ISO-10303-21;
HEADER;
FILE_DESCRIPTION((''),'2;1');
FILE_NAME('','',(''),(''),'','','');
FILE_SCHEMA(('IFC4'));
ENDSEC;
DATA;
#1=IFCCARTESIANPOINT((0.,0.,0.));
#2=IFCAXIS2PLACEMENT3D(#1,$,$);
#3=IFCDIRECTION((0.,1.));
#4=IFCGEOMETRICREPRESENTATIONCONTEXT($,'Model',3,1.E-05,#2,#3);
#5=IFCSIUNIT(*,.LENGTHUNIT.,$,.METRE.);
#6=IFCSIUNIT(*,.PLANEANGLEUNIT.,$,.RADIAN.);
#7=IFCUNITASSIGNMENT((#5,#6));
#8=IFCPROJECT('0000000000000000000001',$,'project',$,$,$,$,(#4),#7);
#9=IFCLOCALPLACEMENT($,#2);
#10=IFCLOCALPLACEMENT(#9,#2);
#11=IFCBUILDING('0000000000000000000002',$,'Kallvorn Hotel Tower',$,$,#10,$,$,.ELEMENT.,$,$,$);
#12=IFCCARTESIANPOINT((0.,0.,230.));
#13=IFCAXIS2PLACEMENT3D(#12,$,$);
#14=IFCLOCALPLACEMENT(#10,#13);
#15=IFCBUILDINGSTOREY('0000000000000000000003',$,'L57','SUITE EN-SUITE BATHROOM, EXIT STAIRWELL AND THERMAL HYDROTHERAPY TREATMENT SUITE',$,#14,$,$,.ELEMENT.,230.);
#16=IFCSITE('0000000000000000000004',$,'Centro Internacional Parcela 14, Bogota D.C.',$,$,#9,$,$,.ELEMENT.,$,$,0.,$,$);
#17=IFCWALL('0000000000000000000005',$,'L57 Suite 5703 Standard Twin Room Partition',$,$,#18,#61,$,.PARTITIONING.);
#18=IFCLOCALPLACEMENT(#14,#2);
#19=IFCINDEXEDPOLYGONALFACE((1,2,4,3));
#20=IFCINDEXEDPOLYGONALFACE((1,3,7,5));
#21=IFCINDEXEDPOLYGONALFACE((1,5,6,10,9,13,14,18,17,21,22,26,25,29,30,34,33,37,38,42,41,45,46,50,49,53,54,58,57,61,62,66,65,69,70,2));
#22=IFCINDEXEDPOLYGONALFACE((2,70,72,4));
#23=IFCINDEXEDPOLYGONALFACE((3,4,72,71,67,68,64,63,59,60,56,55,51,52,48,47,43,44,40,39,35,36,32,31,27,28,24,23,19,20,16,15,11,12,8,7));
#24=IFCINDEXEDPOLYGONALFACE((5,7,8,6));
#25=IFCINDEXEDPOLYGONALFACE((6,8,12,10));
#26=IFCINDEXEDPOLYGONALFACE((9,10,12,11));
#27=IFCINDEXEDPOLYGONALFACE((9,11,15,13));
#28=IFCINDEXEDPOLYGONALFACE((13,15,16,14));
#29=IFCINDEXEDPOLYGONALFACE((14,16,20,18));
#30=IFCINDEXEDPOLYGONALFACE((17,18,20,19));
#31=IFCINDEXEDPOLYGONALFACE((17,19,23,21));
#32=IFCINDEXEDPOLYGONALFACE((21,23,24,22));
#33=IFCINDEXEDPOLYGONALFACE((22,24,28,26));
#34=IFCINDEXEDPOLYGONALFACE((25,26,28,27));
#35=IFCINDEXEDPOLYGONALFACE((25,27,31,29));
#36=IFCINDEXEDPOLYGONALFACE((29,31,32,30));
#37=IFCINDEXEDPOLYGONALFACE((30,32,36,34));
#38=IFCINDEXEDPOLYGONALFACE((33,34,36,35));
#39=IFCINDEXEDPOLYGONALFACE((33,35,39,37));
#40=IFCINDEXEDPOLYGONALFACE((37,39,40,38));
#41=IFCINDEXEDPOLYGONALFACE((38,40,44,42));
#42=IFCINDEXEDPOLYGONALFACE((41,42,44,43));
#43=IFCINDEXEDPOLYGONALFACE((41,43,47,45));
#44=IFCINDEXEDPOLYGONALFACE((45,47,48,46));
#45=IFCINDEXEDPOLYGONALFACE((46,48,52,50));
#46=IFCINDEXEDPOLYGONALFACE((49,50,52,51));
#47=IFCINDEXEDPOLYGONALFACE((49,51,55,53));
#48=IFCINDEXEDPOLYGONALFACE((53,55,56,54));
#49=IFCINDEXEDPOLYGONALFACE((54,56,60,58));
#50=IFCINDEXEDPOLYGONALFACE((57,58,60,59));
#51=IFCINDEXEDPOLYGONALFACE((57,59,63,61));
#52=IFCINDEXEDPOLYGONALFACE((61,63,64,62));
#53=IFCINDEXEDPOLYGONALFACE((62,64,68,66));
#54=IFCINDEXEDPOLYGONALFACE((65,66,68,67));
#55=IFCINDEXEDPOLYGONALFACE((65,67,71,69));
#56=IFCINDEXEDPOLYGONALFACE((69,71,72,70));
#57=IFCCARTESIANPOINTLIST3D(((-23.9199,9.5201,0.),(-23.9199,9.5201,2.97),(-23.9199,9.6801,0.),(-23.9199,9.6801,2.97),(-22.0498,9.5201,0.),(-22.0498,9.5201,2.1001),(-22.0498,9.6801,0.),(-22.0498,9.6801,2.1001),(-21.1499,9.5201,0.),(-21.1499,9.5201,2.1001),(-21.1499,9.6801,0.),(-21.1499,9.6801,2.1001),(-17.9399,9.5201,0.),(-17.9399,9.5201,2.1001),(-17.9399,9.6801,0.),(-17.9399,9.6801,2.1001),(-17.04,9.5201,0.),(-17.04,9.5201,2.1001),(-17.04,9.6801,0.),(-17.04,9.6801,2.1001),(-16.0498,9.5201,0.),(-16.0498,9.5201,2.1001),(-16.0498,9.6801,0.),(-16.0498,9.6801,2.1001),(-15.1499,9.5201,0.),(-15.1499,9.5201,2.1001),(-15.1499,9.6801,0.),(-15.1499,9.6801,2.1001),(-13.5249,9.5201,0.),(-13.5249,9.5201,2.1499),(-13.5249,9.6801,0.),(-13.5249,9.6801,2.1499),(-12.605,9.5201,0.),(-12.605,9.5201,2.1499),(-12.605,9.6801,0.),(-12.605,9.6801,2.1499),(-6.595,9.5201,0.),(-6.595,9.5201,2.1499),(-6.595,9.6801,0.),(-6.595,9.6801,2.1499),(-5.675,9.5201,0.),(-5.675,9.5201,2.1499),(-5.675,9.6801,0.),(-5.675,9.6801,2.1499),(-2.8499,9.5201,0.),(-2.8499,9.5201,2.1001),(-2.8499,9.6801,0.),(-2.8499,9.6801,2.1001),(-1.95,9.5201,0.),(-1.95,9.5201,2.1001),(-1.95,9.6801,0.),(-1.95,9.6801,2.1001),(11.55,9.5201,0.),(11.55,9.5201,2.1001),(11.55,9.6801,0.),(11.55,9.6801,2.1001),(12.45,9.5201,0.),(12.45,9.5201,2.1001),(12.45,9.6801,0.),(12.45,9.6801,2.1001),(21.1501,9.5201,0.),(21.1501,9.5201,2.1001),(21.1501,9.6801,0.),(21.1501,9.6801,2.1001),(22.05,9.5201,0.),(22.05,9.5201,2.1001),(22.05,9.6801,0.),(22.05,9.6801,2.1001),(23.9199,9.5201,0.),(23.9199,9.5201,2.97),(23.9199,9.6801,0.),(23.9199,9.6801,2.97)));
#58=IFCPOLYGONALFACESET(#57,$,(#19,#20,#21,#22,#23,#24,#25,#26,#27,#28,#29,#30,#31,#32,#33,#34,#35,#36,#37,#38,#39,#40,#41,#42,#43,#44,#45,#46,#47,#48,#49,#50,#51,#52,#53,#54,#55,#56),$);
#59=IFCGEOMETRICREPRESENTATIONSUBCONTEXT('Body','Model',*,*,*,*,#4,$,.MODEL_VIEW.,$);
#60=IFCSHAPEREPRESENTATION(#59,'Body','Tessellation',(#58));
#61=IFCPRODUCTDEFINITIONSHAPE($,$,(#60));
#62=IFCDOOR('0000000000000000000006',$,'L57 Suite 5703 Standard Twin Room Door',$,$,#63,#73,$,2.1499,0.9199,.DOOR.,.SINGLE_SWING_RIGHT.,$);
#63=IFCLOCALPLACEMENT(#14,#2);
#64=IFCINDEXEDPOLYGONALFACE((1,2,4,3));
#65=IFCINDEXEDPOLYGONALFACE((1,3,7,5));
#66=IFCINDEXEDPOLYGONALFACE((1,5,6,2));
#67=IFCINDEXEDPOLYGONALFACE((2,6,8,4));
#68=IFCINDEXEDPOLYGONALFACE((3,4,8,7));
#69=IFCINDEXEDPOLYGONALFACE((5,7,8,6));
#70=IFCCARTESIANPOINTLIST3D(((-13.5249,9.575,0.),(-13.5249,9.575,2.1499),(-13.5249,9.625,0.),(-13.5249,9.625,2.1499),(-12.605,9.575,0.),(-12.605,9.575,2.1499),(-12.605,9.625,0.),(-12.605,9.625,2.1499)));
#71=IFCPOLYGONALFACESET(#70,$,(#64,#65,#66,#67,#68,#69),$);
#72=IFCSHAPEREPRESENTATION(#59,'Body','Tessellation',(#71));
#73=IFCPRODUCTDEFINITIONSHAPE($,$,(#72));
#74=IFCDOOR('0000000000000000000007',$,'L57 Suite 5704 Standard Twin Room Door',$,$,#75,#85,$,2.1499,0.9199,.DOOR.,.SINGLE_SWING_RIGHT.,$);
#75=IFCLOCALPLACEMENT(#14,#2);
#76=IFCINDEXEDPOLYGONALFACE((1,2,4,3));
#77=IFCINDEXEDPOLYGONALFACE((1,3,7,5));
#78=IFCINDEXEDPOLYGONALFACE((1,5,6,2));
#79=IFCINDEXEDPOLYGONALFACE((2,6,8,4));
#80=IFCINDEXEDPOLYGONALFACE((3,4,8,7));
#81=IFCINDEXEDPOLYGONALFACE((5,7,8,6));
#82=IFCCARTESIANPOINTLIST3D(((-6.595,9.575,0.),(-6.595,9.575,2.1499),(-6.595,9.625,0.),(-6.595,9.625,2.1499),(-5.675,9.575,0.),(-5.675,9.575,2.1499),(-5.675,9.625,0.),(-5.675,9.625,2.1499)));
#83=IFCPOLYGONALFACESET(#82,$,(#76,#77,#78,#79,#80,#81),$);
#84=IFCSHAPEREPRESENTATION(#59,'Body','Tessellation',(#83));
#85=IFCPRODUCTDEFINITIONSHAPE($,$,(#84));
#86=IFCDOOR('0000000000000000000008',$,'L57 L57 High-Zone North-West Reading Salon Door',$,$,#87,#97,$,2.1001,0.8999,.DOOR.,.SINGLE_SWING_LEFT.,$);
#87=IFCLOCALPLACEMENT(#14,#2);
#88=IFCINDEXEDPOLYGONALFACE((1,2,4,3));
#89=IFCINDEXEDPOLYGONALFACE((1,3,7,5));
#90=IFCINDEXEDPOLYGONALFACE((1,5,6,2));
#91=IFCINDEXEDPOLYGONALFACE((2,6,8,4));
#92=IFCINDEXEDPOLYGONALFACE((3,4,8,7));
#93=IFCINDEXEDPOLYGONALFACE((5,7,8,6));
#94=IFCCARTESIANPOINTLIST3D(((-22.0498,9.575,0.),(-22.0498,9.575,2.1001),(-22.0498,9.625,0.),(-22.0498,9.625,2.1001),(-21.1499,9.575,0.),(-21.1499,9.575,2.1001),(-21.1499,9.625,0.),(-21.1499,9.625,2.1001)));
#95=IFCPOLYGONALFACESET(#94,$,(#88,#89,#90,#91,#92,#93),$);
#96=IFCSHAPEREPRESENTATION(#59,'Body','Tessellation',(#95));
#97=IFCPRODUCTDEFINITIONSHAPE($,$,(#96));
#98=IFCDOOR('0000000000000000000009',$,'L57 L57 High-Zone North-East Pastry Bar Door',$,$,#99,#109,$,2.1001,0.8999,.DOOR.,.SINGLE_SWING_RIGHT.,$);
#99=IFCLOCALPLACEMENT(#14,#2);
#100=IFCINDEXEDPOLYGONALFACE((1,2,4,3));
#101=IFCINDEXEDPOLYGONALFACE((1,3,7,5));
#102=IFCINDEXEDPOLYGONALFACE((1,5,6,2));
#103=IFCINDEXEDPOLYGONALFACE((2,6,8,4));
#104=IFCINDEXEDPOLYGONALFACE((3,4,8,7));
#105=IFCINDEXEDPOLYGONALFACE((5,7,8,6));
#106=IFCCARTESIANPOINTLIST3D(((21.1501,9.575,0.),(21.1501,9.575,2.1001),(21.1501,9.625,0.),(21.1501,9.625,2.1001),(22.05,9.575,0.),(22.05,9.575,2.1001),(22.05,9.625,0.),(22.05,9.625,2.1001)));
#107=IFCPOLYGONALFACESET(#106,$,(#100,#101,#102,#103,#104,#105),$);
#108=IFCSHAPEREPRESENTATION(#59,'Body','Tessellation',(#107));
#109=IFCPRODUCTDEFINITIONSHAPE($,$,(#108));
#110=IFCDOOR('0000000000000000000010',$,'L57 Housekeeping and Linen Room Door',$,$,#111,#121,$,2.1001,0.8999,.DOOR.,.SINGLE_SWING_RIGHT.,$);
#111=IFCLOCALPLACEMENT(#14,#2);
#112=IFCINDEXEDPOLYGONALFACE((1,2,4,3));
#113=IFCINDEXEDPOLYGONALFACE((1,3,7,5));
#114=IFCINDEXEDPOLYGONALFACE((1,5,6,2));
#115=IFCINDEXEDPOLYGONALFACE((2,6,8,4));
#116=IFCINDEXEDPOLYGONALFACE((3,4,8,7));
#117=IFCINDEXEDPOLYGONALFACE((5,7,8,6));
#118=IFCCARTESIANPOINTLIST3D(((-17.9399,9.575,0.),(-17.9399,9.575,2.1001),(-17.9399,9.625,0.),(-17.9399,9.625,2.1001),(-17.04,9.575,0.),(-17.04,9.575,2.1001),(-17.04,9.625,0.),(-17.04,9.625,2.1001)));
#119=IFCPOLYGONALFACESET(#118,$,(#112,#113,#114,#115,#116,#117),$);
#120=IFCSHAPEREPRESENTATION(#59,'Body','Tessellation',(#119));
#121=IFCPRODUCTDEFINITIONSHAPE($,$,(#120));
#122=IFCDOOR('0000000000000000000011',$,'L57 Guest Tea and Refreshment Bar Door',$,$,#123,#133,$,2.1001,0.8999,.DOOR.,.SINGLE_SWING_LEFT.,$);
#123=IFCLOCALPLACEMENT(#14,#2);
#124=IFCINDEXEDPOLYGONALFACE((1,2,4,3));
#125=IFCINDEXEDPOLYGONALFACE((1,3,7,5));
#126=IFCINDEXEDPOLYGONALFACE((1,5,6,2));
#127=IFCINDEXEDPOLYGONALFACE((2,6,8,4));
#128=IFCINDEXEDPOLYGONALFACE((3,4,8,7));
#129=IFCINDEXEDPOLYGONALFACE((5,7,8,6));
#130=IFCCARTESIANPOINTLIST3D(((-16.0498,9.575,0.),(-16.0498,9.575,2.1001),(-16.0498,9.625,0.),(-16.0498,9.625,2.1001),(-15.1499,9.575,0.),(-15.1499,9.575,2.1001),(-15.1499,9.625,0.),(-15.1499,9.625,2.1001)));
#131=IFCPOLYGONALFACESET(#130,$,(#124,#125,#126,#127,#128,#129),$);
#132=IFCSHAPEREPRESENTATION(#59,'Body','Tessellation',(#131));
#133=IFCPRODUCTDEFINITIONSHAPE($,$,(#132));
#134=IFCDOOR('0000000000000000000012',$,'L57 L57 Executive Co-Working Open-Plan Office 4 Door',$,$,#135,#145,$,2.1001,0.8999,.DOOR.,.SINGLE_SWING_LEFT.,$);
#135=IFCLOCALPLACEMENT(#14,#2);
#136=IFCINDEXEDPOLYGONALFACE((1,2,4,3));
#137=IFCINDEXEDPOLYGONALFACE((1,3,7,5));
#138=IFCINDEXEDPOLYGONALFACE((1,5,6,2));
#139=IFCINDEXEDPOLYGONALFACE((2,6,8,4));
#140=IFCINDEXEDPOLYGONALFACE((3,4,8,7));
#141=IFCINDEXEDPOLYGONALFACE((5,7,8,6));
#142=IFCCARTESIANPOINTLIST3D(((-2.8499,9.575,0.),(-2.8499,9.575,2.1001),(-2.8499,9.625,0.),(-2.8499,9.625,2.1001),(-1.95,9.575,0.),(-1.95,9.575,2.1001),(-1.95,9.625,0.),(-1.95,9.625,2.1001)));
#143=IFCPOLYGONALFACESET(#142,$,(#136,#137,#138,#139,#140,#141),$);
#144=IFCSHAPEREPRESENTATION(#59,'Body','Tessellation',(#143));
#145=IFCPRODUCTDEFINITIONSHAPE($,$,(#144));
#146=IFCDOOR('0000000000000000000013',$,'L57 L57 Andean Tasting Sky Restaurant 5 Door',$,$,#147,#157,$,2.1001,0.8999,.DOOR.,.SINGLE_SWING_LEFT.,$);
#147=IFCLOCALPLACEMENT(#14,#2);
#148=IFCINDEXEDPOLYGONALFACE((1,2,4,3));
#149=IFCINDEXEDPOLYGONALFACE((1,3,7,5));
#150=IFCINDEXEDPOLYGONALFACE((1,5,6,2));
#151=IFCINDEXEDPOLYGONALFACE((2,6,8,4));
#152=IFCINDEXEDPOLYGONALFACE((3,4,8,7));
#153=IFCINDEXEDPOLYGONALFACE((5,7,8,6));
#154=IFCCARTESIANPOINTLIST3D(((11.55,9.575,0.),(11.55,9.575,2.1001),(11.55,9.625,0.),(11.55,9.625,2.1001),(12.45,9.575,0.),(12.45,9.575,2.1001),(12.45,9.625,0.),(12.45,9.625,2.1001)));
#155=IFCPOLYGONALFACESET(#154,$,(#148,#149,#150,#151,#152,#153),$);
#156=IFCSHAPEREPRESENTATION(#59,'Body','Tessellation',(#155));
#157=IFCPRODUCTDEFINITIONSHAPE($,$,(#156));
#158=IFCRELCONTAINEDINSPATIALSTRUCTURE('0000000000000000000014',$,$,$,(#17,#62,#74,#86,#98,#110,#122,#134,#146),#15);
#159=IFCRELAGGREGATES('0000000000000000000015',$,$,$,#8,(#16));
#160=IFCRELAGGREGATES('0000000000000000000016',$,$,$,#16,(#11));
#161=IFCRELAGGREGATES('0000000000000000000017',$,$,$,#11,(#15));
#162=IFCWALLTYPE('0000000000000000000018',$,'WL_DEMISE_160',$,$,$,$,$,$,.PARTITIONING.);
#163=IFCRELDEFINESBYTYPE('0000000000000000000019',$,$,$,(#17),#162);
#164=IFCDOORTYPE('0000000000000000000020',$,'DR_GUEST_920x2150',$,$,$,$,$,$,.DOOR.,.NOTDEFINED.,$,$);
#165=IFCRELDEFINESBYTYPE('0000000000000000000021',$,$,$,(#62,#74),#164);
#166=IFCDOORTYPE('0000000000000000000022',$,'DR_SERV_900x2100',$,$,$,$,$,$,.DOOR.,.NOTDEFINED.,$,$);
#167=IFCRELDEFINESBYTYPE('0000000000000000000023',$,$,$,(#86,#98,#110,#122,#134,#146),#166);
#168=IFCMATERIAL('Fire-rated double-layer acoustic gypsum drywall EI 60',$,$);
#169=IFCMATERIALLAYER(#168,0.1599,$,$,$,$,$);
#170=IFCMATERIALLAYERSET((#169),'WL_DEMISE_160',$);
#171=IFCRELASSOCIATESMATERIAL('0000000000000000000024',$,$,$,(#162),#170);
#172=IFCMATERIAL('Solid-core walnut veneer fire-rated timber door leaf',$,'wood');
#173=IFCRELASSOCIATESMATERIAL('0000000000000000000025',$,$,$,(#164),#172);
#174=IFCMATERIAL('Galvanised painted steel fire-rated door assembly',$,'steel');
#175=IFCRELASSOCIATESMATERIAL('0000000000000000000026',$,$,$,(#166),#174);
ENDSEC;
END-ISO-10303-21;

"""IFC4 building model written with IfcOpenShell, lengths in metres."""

from ifc_helpers import new_model, si_unit, direction, frame, frame_2d, origin, place, context, subcontext, project, spatial, rectangle, extrude, material, layer, layer_set, type_object, element, fill, save


model = new_model("IFC4")

# Units and contexts
model_context = context("Model", 3, precision=1e-05, world=origin(), true_north=direction((0.0, 1.0)))
body_context = subcontext(model_context, "Body", "Model", "MODEL_VIEW")
ifc_project = project(units=[si_unit("LENGTHUNIT", "METRE"), si_unit("PLANEANGLEUNIT", "RADIAN")], contexts=[model_context])

# Site, building, storey
site_placement = place(None, origin())
site = spatial("IfcSite", under=ifc_project, at=site_placement, Name="Centro Internacional Parcela 14, Bogota D.C.", CompositionType="ELEMENT", RefElevation=0.0)
building_placement = place(site_placement, origin())
building = spatial("IfcBuilding", under=site, at=building_placement, Name="Kallvorn Hotel Tower", CompositionType="ELEMENT")
storey_placement = place(building_placement, frame((0.0, 0.0, 230.0)))
storey = spatial("IfcBuildingStorey", under=building, at=storey_placement, Name="L57", Description="SUITE EN-SUITE BATHROOM, EXIT STAIRWELL AND THERMAL HYDROTHERAPY TREATMENT SUITE", CompositionType="ELEMENT", Elevation=230.0)

# Wall, openings, doors
ifc_material_1 = material(Name="Fire-rated double-layer acoustic gypsum drywall EI 60")
ifc_layer_1 = layer(ifc_material_1, 0.1599)
ifc_layer_set_1 = layer_set([ifc_layer_1], Name="WL_DEMISE_160")
wall_type_1 = type_object("IfcWallType", Name="WL_DEMISE_160", PredefinedType="PARTITIONING", material=ifc_layer_set_1)
wall_1_placement = place(storey_placement, frame((-23.9199, 9.6001, 0.0), z_axis=(0.0, 0.0, 1.0), x_axis=(1.0, 0.0, 0.0)))
wall_1 = element("IfcWall", 1, at=wall_1_placement, inside=storey, type_object=wall_type_1, Name="L57 Suite 5703 Standard Twin Room Partition", PredefinedType="PARTITIONING", context=body_context, shape_type="SweptSolid", body=[
    extrude(rectangle(XDim=47.8398, YDim=0.1599, at=frame_2d((23.9199, 0.0))), origin(), (0.0, 0.0, 1.0), 2.97),
])
opening_1_placement = place(wall_1_placement, frame((1.8701, 0.0, 0.0)))
opening_1 = element("IfcOpeningElement", 2, at=opening_1_placement, cuts=wall_1, PredefinedType="OPENING", context=body_context, shape_type="SweptSolid", body=[
    extrude(rectangle(XDim=0.8999, YDim=2.1001, at=frame_2d((0.45, 1.05))), frame((0.0, 0.095, 0.0), z_axis=(0.0, -1.0, 0.0), x_axis=(1.0, 0.0, 0.0)), (0.0, 0.0, 1.0), 0.1899),
])
opening_2_placement = place(wall_1_placement, frame((45.0701, 0.0, 0.0)))
opening_2 = element("IfcOpeningElement", 3, at=opening_2_placement, cuts=wall_1, PredefinedType="OPENING", context=body_context, shape_type="SweptSolid", body=[
    extrude(rectangle(XDim=0.8999, YDim=2.1001, at=frame_2d((0.45, 1.05))), frame((0.0, 0.095, 0.0), z_axis=(0.0, -1.0, 0.0), x_axis=(1.0, 0.0, 0.0)), (0.0, 0.0, 1.0), 0.1899),
])
opening_3_placement = place(wall_1_placement, frame((5.98, 0.0, 0.0)))
opening_3 = element("IfcOpeningElement", 4, at=opening_3_placement, cuts=wall_1, PredefinedType="OPENING", context=body_context, shape_type="SweptSolid", body=[
    extrude(rectangle(XDim=0.8999, YDim=2.1001, at=frame_2d((0.45, 1.05))), frame((0.0, 0.095, 0.0), z_axis=(0.0, -1.0, 0.0), x_axis=(1.0, 0.0, 0.0)), (0.0, 0.0, 1.0), 0.1899),
])
opening_4_placement = place(wall_1_placement, frame((7.8701, 0.0, 0.0)))
opening_4 = element("IfcOpeningElement", 5, at=opening_4_placement, cuts=wall_1, PredefinedType="OPENING", context=body_context, shape_type="SweptSolid", body=[
    extrude(rectangle(XDim=0.8999, YDim=2.1001, at=frame_2d((0.45, 1.05))), frame((0.0, 0.095, 0.0), z_axis=(0.0, -1.0, 0.0), x_axis=(1.0, 0.0, 0.0)), (0.0, 0.0, 1.0), 0.1899),
])
opening_5_placement = place(wall_1_placement, frame((10.395, 0.0, 0.0)))
opening_5 = element("IfcOpeningElement", 6, at=opening_5_placement, cuts=wall_1, PredefinedType="OPENING", context=body_context, shape_type="SweptSolid", body=[
    extrude(rectangle(XDim=0.9199, YDim=2.1499, at=frame_2d((0.46, 1.075))), frame((0.0, 0.095, 0.0), z_axis=(0.0, -1.0, 0.0), x_axis=(1.0, 0.0, 0.0)), (0.0, 0.0, 1.0), 0.1899),
])
opening_6_placement = place(wall_1_placement, frame((17.325, 0.0, 0.0)))
opening_6 = element("IfcOpeningElement", 7, at=opening_6_placement, cuts=wall_1, PredefinedType="OPENING", context=body_context, shape_type="SweptSolid", body=[
    extrude(rectangle(XDim=0.9199, YDim=2.1499, at=frame_2d((0.46, 1.075))), frame((0.0, 0.095, 0.0), z_axis=(0.0, -1.0, 0.0), x_axis=(1.0, 0.0, 0.0)), (0.0, 0.0, 1.0), 0.1899),
])
opening_7_placement = place(wall_1_placement, frame((21.0701, 0.0, 0.0)))
opening_7 = element("IfcOpeningElement", 8, at=opening_7_placement, cuts=wall_1, PredefinedType="OPENING", context=body_context, shape_type="SweptSolid", body=[
    extrude(rectangle(XDim=0.8999, YDim=2.1001, at=frame_2d((0.45, 1.05))), frame((0.0, 0.095, 0.0), z_axis=(0.0, -1.0, 0.0), x_axis=(1.0, 0.0, 0.0)), (0.0, 0.0, 1.0), 0.1899),
])
opening_8_placement = place(wall_1_placement, frame((35.47, 0.0, 0.0)))
opening_8 = element("IfcOpeningElement", 9, at=opening_8_placement, cuts=wall_1, PredefinedType="OPENING", context=body_context, shape_type="SweptSolid", body=[
    extrude(rectangle(XDim=0.8999, YDim=2.1001, at=frame_2d((0.45, 1.05))), frame((0.0, 0.095, 0.0), z_axis=(0.0, -1.0, 0.0), x_axis=(1.0, 0.0, 0.0)), (0.0, 0.0, 1.0), 0.1899),
])
ifc_material_2 = material(Name="Solid-core walnut veneer fire-rated timber door leaf", Category="wood")
door_type_1 = type_object("IfcDoorType", Name="DR_GUEST_920x2150", OperationType="NOTDEFINED", PredefinedType="DOOR", material=ifc_material_2)
door_1_placement = place(opening_5_placement, origin())
door_1 = element("IfcDoor", 10, at=door_1_placement, inside=storey, type_object=door_type_1, Name="L57 Suite 5703 Standard Twin Room Door", OperationType="SINGLE_SWING_RIGHT", OverallHeight=2.1499, OverallWidth=0.9199, PredefinedType="DOOR", context=body_context, shape_type="SweptSolid", body=[
    extrude(rectangle(XDim=0.9199, YDim=2.1499, at=frame_2d((0.46, 1.075))), frame((0.0, 0.0249, 0.0), z_axis=(0.0, -1.0, 0.0), x_axis=(1.0, 0.0, 0.0)), (0.0, 0.0, 1.0), 0.05),
])
fill(opening_5, door_1)
door_2_placement = place(opening_6_placement, origin())
door_2 = element("IfcDoor", 11, at=door_2_placement, inside=storey, type_object=door_type_1, Name="L57 Suite 5704 Standard Twin Room Door", OperationType="SINGLE_SWING_RIGHT", OverallHeight=2.1499, OverallWidth=0.9199, PredefinedType="DOOR", context=body_context, shape_type="SweptSolid", body=[
    extrude(rectangle(XDim=0.9199, YDim=2.1499, at=frame_2d((0.46, 1.075))), frame((0.0, 0.0249, 0.0), z_axis=(0.0, -1.0, 0.0), x_axis=(1.0, 0.0, 0.0)), (0.0, 0.0, 1.0), 0.05),
])
fill(opening_6, door_2)
ifc_material_3 = material(Name="Galvanised painted steel fire-rated door assembly", Category="steel")
door_type_2 = type_object("IfcDoorType", Name="DR_SERV_900x2100", OperationType="NOTDEFINED", PredefinedType="DOOR", material=ifc_material_3)
door_3_placement = place(opening_1_placement, origin())
door_3 = element("IfcDoor", 12, at=door_3_placement, inside=storey, type_object=door_type_2, Name="L57 L57 High-Zone North-West Reading Salon Door", OperationType="SINGLE_SWING_LEFT", OverallHeight=2.1001, OverallWidth=0.8999, PredefinedType="DOOR", context=body_context, shape_type="SweptSolid", body=[
    extrude(rectangle(XDim=0.8999, YDim=2.1001, at=frame_2d((0.45, 1.05))), frame((0.0, 0.0249, 0.0), z_axis=(0.0, -1.0, 0.0), x_axis=(1.0, 0.0, 0.0)), (0.0, 0.0, 1.0), 0.05),
])
fill(opening_1, door_3)
door_4_placement = place(opening_2_placement, origin())
door_4 = element("IfcDoor", 13, at=door_4_placement, inside=storey, type_object=door_type_2, Name="L57 L57 High-Zone North-East Pastry Bar Door", OperationType="SINGLE_SWING_RIGHT", OverallHeight=2.1001, OverallWidth=0.8999, PredefinedType="DOOR", context=body_context, shape_type="SweptSolid", body=[
    extrude(rectangle(XDim=0.8999, YDim=2.1001, at=frame_2d((0.45, 1.05))), frame((0.0, 0.0249, 0.0), z_axis=(0.0, -1.0, 0.0), x_axis=(1.0, 0.0, 0.0)), (0.0, 0.0, 1.0), 0.05),
])
fill(opening_2, door_4)
door_5_placement = place(opening_3_placement, origin())
door_5 = element("IfcDoor", 14, at=door_5_placement, inside=storey, type_object=door_type_2, Name="L57 Housekeeping and Linen Room Door", OperationType="SINGLE_SWING_RIGHT", OverallHeight=2.1001, OverallWidth=0.8999, PredefinedType="DOOR", context=body_context, shape_type="SweptSolid", body=[
    extrude(rectangle(XDim=0.8999, YDim=2.1001, at=frame_2d((0.45, 1.05))), frame((0.0, 0.0249, 0.0), z_axis=(0.0, -1.0, 0.0), x_axis=(1.0, 0.0, 0.0)), (0.0, 0.0, 1.0), 0.05),
])
fill(opening_3, door_5)
door_6_placement = place(opening_4_placement, origin())
door_6 = element("IfcDoor", 15, at=door_6_placement, inside=storey, type_object=door_type_2, Name="L57 Guest Tea and Refreshment Bar Door", OperationType="SINGLE_SWING_LEFT", OverallHeight=2.1001, OverallWidth=0.8999, PredefinedType="DOOR", context=body_context, shape_type="SweptSolid", body=[
    extrude(rectangle(XDim=0.8999, YDim=2.1001, at=frame_2d((0.45, 1.05))), frame((0.0, 0.0249, 0.0), z_axis=(0.0, -1.0, 0.0), x_axis=(1.0, 0.0, 0.0)), (0.0, 0.0, 1.0), 0.05),
])
fill(opening_4, door_6)
door_7_placement = place(opening_7_placement, origin())
door_7 = element("IfcDoor", 16, at=door_7_placement, inside=storey, type_object=door_type_2, Name="L57 L57 Executive Co-Working Open-Plan Office 4 Door", OperationType="SINGLE_SWING_LEFT", OverallHeight=2.1001, OverallWidth=0.8999, PredefinedType="DOOR", context=body_context, shape_type="SweptSolid", body=[
    extrude(rectangle(XDim=0.8999, YDim=2.1001, at=frame_2d((0.45, 1.05))), frame((0.0, 0.0249, 0.0), z_axis=(0.0, -1.0, 0.0), x_axis=(1.0, 0.0, 0.0)), (0.0, 0.0, 1.0), 0.05),
])
fill(opening_7, door_7)
door_8_placement = place(opening_8_placement, origin())
door_8 = element("IfcDoor", 17, at=door_8_placement, inside=storey, type_object=door_type_2, Name="L57 L57 Andean Tasting Sky Restaurant 5 Door", OperationType="SINGLE_SWING_LEFT", OverallHeight=2.1001, OverallWidth=0.8999, PredefinedType="DOOR", context=body_context, shape_type="SweptSolid", body=[
    extrude(rectangle(XDim=0.8999, YDim=2.1001, at=frame_2d((0.45, 1.05))), frame((0.0, 0.0249, 0.0), z_axis=(0.0, -1.0, 0.0), x_axis=(1.0, 0.0, 0.0)), (0.0, 0.0, 1.0), 0.05),
])
fill(opening_8, door_8)

save(model, "model.ifc")
